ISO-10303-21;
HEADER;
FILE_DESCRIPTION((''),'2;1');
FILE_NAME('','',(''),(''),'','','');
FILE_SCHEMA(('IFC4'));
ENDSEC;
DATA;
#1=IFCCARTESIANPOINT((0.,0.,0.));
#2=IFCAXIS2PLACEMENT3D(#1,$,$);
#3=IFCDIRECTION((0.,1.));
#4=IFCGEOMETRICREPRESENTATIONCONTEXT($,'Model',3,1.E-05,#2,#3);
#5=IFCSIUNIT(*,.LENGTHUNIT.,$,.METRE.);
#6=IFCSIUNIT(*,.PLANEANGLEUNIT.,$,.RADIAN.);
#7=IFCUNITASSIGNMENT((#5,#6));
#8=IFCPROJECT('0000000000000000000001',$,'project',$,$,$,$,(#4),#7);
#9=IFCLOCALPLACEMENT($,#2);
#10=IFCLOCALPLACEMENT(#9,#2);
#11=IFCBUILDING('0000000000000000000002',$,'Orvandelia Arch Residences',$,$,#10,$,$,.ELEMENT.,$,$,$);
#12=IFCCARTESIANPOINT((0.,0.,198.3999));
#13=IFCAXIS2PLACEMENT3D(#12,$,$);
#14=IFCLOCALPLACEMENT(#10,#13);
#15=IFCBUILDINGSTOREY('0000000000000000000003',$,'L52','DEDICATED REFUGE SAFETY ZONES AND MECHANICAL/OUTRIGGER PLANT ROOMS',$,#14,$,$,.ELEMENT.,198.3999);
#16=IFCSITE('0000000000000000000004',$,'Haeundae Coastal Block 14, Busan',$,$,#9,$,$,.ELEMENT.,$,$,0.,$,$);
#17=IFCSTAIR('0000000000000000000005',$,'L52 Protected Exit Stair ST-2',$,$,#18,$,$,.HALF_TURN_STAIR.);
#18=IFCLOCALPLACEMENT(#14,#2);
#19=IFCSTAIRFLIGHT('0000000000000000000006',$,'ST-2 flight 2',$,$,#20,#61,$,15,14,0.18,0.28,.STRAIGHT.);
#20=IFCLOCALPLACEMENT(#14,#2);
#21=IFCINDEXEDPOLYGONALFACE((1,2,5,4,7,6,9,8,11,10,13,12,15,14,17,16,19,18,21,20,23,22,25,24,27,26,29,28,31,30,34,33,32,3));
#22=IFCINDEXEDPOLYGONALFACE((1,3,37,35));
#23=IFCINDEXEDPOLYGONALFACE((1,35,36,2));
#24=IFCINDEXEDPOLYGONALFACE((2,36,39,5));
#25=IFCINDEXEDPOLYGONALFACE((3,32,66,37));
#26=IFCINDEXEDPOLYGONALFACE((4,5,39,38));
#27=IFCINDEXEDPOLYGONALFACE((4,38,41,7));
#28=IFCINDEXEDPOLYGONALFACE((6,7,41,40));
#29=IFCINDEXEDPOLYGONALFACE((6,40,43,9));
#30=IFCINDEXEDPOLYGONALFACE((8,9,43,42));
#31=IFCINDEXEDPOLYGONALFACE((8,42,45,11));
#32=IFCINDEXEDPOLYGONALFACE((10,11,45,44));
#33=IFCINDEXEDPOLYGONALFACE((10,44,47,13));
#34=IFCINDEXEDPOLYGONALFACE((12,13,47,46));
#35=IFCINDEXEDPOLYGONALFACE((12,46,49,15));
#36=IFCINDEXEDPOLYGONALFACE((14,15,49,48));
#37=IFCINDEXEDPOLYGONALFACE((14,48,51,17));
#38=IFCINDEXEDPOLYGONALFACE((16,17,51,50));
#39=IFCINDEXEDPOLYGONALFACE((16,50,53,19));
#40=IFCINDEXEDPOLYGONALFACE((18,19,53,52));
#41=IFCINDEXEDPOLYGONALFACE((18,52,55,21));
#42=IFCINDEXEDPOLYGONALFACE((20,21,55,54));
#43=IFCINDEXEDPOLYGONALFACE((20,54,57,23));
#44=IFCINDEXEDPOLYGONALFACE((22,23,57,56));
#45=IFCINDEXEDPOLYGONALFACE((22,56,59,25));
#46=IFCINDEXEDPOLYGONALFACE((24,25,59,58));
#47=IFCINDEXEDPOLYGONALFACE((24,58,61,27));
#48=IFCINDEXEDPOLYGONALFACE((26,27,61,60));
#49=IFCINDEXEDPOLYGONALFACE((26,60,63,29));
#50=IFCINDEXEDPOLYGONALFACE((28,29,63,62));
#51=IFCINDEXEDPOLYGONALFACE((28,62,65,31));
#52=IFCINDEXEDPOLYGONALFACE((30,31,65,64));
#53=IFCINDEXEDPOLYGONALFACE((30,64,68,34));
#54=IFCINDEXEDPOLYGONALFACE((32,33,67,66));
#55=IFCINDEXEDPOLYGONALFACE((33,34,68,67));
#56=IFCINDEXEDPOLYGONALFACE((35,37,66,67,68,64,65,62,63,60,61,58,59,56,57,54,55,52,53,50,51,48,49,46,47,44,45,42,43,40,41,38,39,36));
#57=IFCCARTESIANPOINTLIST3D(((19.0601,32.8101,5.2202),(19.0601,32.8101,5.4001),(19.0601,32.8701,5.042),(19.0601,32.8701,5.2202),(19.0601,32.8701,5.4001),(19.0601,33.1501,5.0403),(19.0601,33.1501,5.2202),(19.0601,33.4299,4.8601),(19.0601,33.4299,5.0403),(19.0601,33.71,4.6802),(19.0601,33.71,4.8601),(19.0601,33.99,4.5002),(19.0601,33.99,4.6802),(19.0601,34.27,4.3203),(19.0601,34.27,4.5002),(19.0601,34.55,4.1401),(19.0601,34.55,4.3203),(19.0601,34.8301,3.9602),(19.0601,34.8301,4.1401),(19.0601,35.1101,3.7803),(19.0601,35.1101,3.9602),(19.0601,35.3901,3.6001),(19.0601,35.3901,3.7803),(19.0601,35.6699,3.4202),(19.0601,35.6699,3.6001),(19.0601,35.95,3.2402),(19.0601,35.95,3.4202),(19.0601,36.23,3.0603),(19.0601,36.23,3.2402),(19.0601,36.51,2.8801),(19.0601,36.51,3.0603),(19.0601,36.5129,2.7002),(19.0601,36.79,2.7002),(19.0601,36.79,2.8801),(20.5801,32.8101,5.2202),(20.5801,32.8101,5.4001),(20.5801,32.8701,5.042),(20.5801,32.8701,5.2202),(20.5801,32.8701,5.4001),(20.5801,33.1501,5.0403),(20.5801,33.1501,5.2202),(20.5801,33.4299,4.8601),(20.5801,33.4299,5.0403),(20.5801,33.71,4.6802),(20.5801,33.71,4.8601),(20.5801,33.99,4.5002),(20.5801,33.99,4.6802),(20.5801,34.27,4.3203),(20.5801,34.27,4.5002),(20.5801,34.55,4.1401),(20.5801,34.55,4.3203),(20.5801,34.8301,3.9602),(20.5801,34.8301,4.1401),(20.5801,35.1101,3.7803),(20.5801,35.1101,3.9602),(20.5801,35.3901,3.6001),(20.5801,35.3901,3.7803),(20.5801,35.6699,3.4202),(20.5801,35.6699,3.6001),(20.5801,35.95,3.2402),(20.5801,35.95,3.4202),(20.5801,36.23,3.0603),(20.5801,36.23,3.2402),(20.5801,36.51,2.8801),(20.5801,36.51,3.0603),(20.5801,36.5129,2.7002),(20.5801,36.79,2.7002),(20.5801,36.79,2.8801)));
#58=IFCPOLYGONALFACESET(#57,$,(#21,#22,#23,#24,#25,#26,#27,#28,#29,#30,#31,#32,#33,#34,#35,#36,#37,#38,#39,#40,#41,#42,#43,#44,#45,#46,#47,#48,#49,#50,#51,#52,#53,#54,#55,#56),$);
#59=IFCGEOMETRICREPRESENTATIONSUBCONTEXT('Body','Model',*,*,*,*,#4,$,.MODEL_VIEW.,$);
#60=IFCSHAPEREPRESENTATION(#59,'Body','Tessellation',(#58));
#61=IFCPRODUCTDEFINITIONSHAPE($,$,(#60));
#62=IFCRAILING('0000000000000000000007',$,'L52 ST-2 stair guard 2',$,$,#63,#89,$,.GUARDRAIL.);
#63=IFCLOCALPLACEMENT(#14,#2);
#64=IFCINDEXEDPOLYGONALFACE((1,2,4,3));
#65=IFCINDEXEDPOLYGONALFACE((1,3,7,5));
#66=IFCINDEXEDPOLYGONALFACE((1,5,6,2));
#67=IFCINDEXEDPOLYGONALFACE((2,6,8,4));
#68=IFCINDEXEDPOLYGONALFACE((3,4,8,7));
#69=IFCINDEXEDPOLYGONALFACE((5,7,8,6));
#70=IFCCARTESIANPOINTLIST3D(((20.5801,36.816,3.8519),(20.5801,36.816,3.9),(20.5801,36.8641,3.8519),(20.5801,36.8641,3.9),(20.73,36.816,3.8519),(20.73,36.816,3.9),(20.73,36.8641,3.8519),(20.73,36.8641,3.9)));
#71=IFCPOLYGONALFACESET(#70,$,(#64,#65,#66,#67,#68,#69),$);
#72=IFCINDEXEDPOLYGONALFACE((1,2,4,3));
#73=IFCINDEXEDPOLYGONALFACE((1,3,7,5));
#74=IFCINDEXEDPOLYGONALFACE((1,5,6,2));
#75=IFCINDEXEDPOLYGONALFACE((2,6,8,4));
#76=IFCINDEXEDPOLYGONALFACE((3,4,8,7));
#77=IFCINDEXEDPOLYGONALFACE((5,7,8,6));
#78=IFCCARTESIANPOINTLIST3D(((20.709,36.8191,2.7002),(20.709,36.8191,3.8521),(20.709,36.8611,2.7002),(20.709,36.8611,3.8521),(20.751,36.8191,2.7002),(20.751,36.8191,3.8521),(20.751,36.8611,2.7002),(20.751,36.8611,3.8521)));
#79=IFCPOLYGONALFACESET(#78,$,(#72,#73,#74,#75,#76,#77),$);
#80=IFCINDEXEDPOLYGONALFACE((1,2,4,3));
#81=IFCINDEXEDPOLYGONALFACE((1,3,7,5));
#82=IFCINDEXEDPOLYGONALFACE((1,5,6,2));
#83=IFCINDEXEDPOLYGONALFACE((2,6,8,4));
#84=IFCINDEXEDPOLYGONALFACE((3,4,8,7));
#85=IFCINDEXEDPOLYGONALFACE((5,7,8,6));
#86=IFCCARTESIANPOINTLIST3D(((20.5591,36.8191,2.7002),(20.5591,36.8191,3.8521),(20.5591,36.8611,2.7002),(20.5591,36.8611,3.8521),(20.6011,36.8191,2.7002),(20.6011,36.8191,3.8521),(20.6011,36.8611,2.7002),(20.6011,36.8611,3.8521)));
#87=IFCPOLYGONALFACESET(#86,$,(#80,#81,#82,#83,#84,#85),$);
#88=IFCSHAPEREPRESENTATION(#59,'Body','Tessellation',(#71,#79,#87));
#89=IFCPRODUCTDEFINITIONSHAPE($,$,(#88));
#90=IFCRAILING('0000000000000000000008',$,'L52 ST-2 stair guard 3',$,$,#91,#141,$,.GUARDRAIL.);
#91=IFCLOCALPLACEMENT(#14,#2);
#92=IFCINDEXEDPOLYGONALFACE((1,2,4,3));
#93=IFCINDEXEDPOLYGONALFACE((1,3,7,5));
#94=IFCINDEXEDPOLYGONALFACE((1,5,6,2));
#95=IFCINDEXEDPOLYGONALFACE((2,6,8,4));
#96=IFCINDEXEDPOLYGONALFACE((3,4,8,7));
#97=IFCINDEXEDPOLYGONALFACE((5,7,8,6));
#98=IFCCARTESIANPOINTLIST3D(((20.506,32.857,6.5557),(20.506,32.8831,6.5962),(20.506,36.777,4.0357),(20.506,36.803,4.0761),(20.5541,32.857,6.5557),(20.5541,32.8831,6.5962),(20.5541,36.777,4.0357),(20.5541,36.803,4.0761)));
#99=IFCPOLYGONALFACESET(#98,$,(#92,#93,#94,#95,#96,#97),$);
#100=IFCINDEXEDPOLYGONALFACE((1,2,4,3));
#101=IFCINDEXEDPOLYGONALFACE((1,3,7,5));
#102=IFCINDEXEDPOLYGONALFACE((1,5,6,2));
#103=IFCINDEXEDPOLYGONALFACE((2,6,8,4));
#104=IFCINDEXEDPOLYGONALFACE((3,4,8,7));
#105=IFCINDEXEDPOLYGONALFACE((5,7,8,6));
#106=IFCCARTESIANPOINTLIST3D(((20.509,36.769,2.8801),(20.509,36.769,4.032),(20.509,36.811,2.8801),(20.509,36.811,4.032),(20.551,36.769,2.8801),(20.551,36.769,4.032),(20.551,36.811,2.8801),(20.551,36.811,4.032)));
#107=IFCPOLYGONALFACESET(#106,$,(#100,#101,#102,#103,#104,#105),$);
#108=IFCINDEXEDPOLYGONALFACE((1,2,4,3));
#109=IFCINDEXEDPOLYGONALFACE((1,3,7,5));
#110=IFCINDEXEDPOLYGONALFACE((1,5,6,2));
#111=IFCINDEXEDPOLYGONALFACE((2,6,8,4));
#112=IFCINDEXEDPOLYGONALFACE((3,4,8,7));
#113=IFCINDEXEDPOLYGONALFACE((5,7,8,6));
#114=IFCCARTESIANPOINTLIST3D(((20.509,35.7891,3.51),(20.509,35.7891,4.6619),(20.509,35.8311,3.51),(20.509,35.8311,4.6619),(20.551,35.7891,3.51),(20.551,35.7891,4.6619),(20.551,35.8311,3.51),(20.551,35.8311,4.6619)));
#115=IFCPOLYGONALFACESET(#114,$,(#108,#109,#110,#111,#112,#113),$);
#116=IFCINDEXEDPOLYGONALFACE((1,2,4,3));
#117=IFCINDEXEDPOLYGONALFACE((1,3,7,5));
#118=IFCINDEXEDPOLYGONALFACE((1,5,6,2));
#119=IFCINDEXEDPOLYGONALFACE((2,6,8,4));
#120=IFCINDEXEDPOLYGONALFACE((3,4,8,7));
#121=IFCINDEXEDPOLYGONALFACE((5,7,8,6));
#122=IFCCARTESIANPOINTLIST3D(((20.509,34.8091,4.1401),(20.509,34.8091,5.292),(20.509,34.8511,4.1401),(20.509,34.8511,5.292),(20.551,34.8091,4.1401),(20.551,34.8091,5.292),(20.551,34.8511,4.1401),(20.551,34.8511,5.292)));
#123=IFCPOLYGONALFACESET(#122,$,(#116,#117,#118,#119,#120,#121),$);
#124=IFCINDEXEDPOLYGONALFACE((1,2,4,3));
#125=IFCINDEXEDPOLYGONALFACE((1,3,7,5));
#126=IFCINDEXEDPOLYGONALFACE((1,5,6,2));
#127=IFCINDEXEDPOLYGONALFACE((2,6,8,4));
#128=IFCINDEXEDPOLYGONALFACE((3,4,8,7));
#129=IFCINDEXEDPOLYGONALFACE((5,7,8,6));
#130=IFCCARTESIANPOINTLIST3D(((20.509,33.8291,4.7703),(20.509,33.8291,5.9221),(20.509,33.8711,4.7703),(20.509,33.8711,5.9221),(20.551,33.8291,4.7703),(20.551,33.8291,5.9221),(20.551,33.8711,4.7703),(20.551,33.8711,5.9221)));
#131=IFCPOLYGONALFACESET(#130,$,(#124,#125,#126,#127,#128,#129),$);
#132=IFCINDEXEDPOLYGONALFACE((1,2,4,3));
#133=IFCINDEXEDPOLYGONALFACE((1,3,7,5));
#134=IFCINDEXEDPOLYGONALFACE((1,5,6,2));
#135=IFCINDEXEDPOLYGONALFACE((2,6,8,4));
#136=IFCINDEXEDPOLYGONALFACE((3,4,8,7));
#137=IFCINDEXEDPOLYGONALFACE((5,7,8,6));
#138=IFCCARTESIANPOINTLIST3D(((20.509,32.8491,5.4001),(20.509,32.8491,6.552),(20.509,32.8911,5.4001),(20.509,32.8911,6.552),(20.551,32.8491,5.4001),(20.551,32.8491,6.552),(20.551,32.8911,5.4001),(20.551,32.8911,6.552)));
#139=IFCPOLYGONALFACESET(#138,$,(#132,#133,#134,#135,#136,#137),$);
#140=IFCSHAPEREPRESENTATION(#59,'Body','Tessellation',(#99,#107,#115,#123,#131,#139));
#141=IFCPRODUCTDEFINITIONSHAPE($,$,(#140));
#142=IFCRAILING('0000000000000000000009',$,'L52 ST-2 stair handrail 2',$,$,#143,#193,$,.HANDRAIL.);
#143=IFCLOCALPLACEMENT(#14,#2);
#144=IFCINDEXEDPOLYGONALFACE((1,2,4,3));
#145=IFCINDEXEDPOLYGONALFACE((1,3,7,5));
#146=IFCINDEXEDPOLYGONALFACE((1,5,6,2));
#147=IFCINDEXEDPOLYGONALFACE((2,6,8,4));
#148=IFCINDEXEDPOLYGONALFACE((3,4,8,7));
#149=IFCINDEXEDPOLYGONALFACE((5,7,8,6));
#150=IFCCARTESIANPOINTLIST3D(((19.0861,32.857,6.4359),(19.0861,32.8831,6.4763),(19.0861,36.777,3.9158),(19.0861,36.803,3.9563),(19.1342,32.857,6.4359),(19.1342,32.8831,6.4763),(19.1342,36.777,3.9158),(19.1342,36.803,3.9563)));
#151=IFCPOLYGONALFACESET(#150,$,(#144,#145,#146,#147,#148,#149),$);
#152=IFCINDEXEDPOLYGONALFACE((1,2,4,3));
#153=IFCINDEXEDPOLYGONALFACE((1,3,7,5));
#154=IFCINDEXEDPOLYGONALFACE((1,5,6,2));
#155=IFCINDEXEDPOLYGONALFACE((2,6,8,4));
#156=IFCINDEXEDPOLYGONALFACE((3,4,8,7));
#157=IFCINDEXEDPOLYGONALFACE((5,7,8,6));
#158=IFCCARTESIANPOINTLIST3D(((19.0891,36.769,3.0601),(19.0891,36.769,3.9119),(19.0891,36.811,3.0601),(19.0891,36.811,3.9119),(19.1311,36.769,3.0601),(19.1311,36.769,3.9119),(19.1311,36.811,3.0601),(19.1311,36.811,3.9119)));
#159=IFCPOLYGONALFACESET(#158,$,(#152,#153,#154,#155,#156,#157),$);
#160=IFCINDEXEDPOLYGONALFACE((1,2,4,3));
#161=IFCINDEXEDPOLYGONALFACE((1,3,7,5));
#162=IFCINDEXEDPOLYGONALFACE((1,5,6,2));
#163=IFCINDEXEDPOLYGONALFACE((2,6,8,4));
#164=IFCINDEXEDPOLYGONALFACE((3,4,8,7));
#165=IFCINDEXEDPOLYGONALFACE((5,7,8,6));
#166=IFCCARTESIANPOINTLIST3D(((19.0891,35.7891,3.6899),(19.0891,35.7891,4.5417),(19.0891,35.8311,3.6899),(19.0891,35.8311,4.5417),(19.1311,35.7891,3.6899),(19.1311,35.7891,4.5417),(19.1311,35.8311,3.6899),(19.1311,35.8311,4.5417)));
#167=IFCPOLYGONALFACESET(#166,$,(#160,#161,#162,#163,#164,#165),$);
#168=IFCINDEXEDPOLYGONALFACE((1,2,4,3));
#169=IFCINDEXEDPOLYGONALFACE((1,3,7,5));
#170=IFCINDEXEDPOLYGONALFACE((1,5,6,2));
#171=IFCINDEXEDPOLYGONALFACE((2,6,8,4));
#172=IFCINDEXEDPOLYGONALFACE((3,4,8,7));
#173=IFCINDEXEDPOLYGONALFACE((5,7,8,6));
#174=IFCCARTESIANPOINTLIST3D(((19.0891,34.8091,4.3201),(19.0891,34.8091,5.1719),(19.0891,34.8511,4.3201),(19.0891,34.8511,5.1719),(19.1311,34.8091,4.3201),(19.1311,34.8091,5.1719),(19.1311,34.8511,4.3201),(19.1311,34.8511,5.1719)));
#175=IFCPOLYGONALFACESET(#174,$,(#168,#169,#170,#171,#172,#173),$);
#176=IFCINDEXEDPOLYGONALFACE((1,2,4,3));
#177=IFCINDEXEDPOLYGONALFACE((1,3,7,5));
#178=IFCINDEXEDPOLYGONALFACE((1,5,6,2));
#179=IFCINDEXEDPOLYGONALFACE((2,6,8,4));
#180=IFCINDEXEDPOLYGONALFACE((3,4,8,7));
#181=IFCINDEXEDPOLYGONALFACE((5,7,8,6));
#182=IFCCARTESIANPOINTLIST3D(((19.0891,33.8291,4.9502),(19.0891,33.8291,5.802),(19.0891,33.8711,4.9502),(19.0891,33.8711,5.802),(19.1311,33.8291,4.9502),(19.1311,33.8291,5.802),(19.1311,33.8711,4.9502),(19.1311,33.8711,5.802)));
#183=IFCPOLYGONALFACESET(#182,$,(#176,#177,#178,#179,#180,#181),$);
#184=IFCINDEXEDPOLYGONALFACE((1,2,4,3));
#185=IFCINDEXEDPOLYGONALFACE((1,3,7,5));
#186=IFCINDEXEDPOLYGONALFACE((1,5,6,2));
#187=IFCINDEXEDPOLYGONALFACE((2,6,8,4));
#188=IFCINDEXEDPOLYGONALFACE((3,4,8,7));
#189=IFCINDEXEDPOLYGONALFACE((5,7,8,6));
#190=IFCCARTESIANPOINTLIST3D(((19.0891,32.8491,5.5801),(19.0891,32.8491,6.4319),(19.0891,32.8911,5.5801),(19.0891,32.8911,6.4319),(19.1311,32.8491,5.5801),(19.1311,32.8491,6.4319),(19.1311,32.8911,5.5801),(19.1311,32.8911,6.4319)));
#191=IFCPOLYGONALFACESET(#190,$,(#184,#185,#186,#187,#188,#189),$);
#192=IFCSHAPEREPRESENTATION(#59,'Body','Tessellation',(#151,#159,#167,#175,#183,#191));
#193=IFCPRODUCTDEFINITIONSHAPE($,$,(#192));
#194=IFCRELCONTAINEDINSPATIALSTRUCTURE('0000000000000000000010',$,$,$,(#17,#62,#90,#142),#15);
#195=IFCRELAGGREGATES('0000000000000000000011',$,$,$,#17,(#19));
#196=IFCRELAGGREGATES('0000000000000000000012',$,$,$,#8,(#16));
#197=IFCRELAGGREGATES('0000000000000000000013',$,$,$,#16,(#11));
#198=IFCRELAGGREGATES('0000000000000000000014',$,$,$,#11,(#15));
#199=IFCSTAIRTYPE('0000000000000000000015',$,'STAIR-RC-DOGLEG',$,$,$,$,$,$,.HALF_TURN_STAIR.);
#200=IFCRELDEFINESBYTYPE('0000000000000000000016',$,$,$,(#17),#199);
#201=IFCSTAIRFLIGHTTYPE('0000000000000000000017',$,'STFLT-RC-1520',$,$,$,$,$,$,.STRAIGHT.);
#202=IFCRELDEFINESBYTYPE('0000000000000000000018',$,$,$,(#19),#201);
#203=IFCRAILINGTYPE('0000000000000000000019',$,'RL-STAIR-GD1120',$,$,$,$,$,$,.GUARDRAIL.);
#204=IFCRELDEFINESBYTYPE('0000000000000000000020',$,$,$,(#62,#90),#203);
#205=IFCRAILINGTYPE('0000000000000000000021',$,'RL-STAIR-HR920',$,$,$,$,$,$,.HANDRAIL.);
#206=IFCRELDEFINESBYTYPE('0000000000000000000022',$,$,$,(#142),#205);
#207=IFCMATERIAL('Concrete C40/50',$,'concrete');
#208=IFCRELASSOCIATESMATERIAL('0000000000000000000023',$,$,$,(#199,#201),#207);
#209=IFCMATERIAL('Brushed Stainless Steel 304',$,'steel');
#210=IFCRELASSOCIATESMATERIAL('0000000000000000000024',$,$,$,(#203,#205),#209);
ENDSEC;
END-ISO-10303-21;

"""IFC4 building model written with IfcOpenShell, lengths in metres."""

from ifc_helpers import new_model, si_unit, direction, frame, origin, origin_2d, place, context, subcontext, project, spatial, polyline, rectangle, outline, extrude, material, type_object, element, aggregate, save


model = new_model("IFC4")

# Units and contexts
model_context = context("Model", 3, precision=1e-05, world=origin(), true_north=direction((0.0, 1.0)))
body_context = subcontext(model_context, "Body", "Model", "MODEL_VIEW")
ifc_project = project(units=[si_unit("LENGTHUNIT", "METRE"), si_unit("PLANEANGLEUNIT", "RADIAN")], contexts=[model_context])

# Site, building, storey
site_placement = place(None, origin())
site = spatial("IfcSite", under=ifc_project, at=site_placement, Name="Haeundae Coastal Block 14, Busan", CompositionType="ELEMENT", RefElevation=0.0)
building_placement = place(site_placement, origin())
building = spatial("IfcBuilding", under=site, at=building_placement, Name="Orvandelia Arch Residences", CompositionType="ELEMENT")
storey_placement = place(building_placement, frame((0.0, 0.0, 198.3999)))
storey = spatial("IfcBuildingStorey", under=building, at=storey_placement, Name="L52", Description="DEDICATED REFUGE SAFETY ZONES AND MECHANICAL/OUTRIGGER PLANT ROOMS", CompositionType="ELEMENT", Elevation=198.3999)

# Stair, stair flight
ifc_material_1 = material(Name="Concrete C40/50", Category="concrete")
stair_type = type_object("IfcStairType", Name="STAIR-RC-DOGLEG", PredefinedType="HALF_TURN_STAIR", material=ifc_material_1)
stair_placement = place(storey_placement, origin())
stair = element("IfcStair", 1, at=stair_placement, inside=storey, type_object=stair_type, Name="L52 Protected Exit Stair ST-2", PredefinedType="HALF_TURN_STAIR")
stair_flight_type = type_object("IfcStairFlightType", Name="STFLT-RC-1520", PredefinedType="STRAIGHT", material=ifc_material_1)
stair_flight_placement = place(storey_placement, frame((19.8201, 36.79, 2.7002), z_axis=(0.0, 0.0, 1.0), x_axis=(0.0, -1.0, 0.0)))
stair_flight = element("IfcStairFlight", 2, at=stair_flight_placement, type_object=stair_flight_type, Name="ST-2 flight 2", NumberOfRisers=15, NumberOfTreads=14, PredefinedType="STRAIGHT", RiserHeight=0.18, TreadLength=0.28, context=body_context, shape_type="SweptSolid", body=[
    extrude(outline(polyline([(0.0, 0.0), (0.0, 0.1799), (0.28, 0.1799), (0.28, 0.3601), (0.5601, 0.3601), (0.5601, 0.54), (0.8401, 0.54), (0.8401, 0.72), (1.1201, 0.72), (1.1201, 0.8999), (1.3999, 0.8999), (1.3999, 1.0801), (1.6799, 1.0801), (1.6799, 1.26), (1.96, 1.26), (1.96, 1.4399), (2.24, 1.4399), (2.24, 1.6201), (2.52, 1.6201), (2.52, 1.8), (2.8, 1.8), (2.8, 1.98), (3.0801, 1.98), (3.0801, 2.1599), (3.3601, 2.1599), (3.3601, 2.3401), (3.6399, 2.3401), (3.6399, 2.52), (3.9199, 2.52), (3.9199, 2.7), (3.98, 2.7), (3.98, 2.52), (3.9199, 2.3418), (0.2771, 0.0), (0.0, 0.0)])), frame((0.0, 0.76, 0.0), z_axis=(0.0, -1.0, 0.0), x_axis=(1.0, 0.0, 0.0)), (0.0, 0.0, 1.0), 1.52),
])
aggregate(stair, [stair_flight])

# Railings
ifc_material_2 = material(Name="Brushed Stainless Steel 304", Category="steel")
railing_type_1 = type_object("IfcRailingType", Name="RL-STAIR-GD1120", PredefinedType="GUARDRAIL", material=ifc_material_2)
railing_1_placement = place(storey_placement, frame((20.73, 36.8401, 2.7002)))
element("IfcRailing", 3, at=railing_1_placement, inside=storey, type_object=railing_type_1, Name="L52 ST-2 stair guard 2", PredefinedType="GUARDRAIL", context=body_context, shape_type="SweptSolid", body=[
    extrude(rectangle(XDim=0.0481, YDim=0.0481, at=origin_2d()), frame((0.0, 0.0, 1.1758), z_axis=(-1.0, 0.0, 0.0), x_axis=(0.0, -1.0, 0.0)), (0.0, 0.0, 1.0), 0.1499),
    extrude(rectangle(XDim=0.042, YDim=0.042, at=origin_2d()), origin(), (0.0, 0.0, 1.0), 1.1519),
    extrude(rectangle(XDim=0.042, YDim=0.042, at=origin_2d()), frame((-0.1499, 0.0, 0.0)), (0.0, 0.0, 1.0), 1.1519),
])
railing_2_placement = place(storey_placement, frame((20.53, 36.79, 2.8801)))
element("IfcRailing", 4, at=railing_2_placement, inside=storey, type_object=railing_type_1, Name="L52 ST-2 stair guard 3", PredefinedType="GUARDRAIL", context=body_context, shape_type="SweptSolid", body=[
    extrude(rectangle(XDim=0.0481, YDim=0.0481, at=origin_2d()), frame((0.0, 0.0, 1.1758), z_axis=(0.0, -0.841172, 0.540768), x_axis=(1.0, 0.0, 0.0)), (0.0, 0.0, 1.0), 4.6602),
    extrude(rectangle(XDim=0.042, YDim=0.042, at=origin_2d()), origin(), (0.0, 0.0, 1.0), 1.1519),
    extrude(rectangle(XDim=0.042, YDim=0.042, at=origin_2d()), frame((0.0, -0.98, 0.6299)), (0.0, 0.0, 1.0), 1.1519),
    extrude(rectangle(XDim=0.042, YDim=0.042, at=origin_2d()), frame((0.0, -1.96, 1.26)), (0.0, 0.0, 1.0), 1.1519),
    extrude(rectangle(XDim=0.042, YDim=0.042, at=origin_2d()), frame((0.0, -2.9399, 1.8901)), (0.0, 0.0, 1.0), 1.1519),
    extrude(rectangle(XDim=0.042, YDim=0.042, at=origin_2d()), frame((0.0, -3.9199, 2.52)), (0.0, 0.0, 1.0), 1.1519),
])
railing_type_2 = type_object("IfcRailingType", Name="RL-STAIR-HR920", PredefinedType="HANDRAIL", material=ifc_material_2)
railing_3_placement = place(storey_placement, frame((19.1101, 36.79, 3.0601)))
element("IfcRailing", 5, at=railing_3_placement, inside=storey, type_object=railing_type_2, Name="L52 ST-2 stair handrail 2", PredefinedType="HANDRAIL", context=body_context, shape_type="SweptSolid", body=[
    extrude(rectangle(XDim=0.0481, YDim=0.0481, at=origin_2d()), frame((0.0, 0.0, 0.876), z_axis=(0.0, -0.841172, 0.540768), x_axis=(1.0, 0.0, 0.0)), (0.0, 0.0, 1.0), 4.6602),
    extrude(rectangle(XDim=0.042, YDim=0.042, at=origin_2d()), origin(), (0.0, 0.0, 1.0), 0.8518),
    extrude(rectangle(XDim=0.042, YDim=0.042, at=origin_2d()), frame((0.0, -0.98, 0.6299)), (0.0, 0.0, 1.0), 0.8518),
    extrude(rectangle(XDim=0.042, YDim=0.042, at=origin_2d()), frame((0.0, -1.96, 1.26)), (0.0, 0.0, 1.0), 0.8518),
    extrude(rectangle(XDim=0.042, YDim=0.042, at=origin_2d()), frame((0.0, -2.9399, 1.8901)), (0.0, 0.0, 1.0), 0.8518),
    extrude(rectangle(XDim=0.042, YDim=0.042, at=origin_2d()), frame((0.0, -3.9199, 2.52)), (0.0, 0.0, 1.0), 0.8518),
])

save(model, "model.ifc")
